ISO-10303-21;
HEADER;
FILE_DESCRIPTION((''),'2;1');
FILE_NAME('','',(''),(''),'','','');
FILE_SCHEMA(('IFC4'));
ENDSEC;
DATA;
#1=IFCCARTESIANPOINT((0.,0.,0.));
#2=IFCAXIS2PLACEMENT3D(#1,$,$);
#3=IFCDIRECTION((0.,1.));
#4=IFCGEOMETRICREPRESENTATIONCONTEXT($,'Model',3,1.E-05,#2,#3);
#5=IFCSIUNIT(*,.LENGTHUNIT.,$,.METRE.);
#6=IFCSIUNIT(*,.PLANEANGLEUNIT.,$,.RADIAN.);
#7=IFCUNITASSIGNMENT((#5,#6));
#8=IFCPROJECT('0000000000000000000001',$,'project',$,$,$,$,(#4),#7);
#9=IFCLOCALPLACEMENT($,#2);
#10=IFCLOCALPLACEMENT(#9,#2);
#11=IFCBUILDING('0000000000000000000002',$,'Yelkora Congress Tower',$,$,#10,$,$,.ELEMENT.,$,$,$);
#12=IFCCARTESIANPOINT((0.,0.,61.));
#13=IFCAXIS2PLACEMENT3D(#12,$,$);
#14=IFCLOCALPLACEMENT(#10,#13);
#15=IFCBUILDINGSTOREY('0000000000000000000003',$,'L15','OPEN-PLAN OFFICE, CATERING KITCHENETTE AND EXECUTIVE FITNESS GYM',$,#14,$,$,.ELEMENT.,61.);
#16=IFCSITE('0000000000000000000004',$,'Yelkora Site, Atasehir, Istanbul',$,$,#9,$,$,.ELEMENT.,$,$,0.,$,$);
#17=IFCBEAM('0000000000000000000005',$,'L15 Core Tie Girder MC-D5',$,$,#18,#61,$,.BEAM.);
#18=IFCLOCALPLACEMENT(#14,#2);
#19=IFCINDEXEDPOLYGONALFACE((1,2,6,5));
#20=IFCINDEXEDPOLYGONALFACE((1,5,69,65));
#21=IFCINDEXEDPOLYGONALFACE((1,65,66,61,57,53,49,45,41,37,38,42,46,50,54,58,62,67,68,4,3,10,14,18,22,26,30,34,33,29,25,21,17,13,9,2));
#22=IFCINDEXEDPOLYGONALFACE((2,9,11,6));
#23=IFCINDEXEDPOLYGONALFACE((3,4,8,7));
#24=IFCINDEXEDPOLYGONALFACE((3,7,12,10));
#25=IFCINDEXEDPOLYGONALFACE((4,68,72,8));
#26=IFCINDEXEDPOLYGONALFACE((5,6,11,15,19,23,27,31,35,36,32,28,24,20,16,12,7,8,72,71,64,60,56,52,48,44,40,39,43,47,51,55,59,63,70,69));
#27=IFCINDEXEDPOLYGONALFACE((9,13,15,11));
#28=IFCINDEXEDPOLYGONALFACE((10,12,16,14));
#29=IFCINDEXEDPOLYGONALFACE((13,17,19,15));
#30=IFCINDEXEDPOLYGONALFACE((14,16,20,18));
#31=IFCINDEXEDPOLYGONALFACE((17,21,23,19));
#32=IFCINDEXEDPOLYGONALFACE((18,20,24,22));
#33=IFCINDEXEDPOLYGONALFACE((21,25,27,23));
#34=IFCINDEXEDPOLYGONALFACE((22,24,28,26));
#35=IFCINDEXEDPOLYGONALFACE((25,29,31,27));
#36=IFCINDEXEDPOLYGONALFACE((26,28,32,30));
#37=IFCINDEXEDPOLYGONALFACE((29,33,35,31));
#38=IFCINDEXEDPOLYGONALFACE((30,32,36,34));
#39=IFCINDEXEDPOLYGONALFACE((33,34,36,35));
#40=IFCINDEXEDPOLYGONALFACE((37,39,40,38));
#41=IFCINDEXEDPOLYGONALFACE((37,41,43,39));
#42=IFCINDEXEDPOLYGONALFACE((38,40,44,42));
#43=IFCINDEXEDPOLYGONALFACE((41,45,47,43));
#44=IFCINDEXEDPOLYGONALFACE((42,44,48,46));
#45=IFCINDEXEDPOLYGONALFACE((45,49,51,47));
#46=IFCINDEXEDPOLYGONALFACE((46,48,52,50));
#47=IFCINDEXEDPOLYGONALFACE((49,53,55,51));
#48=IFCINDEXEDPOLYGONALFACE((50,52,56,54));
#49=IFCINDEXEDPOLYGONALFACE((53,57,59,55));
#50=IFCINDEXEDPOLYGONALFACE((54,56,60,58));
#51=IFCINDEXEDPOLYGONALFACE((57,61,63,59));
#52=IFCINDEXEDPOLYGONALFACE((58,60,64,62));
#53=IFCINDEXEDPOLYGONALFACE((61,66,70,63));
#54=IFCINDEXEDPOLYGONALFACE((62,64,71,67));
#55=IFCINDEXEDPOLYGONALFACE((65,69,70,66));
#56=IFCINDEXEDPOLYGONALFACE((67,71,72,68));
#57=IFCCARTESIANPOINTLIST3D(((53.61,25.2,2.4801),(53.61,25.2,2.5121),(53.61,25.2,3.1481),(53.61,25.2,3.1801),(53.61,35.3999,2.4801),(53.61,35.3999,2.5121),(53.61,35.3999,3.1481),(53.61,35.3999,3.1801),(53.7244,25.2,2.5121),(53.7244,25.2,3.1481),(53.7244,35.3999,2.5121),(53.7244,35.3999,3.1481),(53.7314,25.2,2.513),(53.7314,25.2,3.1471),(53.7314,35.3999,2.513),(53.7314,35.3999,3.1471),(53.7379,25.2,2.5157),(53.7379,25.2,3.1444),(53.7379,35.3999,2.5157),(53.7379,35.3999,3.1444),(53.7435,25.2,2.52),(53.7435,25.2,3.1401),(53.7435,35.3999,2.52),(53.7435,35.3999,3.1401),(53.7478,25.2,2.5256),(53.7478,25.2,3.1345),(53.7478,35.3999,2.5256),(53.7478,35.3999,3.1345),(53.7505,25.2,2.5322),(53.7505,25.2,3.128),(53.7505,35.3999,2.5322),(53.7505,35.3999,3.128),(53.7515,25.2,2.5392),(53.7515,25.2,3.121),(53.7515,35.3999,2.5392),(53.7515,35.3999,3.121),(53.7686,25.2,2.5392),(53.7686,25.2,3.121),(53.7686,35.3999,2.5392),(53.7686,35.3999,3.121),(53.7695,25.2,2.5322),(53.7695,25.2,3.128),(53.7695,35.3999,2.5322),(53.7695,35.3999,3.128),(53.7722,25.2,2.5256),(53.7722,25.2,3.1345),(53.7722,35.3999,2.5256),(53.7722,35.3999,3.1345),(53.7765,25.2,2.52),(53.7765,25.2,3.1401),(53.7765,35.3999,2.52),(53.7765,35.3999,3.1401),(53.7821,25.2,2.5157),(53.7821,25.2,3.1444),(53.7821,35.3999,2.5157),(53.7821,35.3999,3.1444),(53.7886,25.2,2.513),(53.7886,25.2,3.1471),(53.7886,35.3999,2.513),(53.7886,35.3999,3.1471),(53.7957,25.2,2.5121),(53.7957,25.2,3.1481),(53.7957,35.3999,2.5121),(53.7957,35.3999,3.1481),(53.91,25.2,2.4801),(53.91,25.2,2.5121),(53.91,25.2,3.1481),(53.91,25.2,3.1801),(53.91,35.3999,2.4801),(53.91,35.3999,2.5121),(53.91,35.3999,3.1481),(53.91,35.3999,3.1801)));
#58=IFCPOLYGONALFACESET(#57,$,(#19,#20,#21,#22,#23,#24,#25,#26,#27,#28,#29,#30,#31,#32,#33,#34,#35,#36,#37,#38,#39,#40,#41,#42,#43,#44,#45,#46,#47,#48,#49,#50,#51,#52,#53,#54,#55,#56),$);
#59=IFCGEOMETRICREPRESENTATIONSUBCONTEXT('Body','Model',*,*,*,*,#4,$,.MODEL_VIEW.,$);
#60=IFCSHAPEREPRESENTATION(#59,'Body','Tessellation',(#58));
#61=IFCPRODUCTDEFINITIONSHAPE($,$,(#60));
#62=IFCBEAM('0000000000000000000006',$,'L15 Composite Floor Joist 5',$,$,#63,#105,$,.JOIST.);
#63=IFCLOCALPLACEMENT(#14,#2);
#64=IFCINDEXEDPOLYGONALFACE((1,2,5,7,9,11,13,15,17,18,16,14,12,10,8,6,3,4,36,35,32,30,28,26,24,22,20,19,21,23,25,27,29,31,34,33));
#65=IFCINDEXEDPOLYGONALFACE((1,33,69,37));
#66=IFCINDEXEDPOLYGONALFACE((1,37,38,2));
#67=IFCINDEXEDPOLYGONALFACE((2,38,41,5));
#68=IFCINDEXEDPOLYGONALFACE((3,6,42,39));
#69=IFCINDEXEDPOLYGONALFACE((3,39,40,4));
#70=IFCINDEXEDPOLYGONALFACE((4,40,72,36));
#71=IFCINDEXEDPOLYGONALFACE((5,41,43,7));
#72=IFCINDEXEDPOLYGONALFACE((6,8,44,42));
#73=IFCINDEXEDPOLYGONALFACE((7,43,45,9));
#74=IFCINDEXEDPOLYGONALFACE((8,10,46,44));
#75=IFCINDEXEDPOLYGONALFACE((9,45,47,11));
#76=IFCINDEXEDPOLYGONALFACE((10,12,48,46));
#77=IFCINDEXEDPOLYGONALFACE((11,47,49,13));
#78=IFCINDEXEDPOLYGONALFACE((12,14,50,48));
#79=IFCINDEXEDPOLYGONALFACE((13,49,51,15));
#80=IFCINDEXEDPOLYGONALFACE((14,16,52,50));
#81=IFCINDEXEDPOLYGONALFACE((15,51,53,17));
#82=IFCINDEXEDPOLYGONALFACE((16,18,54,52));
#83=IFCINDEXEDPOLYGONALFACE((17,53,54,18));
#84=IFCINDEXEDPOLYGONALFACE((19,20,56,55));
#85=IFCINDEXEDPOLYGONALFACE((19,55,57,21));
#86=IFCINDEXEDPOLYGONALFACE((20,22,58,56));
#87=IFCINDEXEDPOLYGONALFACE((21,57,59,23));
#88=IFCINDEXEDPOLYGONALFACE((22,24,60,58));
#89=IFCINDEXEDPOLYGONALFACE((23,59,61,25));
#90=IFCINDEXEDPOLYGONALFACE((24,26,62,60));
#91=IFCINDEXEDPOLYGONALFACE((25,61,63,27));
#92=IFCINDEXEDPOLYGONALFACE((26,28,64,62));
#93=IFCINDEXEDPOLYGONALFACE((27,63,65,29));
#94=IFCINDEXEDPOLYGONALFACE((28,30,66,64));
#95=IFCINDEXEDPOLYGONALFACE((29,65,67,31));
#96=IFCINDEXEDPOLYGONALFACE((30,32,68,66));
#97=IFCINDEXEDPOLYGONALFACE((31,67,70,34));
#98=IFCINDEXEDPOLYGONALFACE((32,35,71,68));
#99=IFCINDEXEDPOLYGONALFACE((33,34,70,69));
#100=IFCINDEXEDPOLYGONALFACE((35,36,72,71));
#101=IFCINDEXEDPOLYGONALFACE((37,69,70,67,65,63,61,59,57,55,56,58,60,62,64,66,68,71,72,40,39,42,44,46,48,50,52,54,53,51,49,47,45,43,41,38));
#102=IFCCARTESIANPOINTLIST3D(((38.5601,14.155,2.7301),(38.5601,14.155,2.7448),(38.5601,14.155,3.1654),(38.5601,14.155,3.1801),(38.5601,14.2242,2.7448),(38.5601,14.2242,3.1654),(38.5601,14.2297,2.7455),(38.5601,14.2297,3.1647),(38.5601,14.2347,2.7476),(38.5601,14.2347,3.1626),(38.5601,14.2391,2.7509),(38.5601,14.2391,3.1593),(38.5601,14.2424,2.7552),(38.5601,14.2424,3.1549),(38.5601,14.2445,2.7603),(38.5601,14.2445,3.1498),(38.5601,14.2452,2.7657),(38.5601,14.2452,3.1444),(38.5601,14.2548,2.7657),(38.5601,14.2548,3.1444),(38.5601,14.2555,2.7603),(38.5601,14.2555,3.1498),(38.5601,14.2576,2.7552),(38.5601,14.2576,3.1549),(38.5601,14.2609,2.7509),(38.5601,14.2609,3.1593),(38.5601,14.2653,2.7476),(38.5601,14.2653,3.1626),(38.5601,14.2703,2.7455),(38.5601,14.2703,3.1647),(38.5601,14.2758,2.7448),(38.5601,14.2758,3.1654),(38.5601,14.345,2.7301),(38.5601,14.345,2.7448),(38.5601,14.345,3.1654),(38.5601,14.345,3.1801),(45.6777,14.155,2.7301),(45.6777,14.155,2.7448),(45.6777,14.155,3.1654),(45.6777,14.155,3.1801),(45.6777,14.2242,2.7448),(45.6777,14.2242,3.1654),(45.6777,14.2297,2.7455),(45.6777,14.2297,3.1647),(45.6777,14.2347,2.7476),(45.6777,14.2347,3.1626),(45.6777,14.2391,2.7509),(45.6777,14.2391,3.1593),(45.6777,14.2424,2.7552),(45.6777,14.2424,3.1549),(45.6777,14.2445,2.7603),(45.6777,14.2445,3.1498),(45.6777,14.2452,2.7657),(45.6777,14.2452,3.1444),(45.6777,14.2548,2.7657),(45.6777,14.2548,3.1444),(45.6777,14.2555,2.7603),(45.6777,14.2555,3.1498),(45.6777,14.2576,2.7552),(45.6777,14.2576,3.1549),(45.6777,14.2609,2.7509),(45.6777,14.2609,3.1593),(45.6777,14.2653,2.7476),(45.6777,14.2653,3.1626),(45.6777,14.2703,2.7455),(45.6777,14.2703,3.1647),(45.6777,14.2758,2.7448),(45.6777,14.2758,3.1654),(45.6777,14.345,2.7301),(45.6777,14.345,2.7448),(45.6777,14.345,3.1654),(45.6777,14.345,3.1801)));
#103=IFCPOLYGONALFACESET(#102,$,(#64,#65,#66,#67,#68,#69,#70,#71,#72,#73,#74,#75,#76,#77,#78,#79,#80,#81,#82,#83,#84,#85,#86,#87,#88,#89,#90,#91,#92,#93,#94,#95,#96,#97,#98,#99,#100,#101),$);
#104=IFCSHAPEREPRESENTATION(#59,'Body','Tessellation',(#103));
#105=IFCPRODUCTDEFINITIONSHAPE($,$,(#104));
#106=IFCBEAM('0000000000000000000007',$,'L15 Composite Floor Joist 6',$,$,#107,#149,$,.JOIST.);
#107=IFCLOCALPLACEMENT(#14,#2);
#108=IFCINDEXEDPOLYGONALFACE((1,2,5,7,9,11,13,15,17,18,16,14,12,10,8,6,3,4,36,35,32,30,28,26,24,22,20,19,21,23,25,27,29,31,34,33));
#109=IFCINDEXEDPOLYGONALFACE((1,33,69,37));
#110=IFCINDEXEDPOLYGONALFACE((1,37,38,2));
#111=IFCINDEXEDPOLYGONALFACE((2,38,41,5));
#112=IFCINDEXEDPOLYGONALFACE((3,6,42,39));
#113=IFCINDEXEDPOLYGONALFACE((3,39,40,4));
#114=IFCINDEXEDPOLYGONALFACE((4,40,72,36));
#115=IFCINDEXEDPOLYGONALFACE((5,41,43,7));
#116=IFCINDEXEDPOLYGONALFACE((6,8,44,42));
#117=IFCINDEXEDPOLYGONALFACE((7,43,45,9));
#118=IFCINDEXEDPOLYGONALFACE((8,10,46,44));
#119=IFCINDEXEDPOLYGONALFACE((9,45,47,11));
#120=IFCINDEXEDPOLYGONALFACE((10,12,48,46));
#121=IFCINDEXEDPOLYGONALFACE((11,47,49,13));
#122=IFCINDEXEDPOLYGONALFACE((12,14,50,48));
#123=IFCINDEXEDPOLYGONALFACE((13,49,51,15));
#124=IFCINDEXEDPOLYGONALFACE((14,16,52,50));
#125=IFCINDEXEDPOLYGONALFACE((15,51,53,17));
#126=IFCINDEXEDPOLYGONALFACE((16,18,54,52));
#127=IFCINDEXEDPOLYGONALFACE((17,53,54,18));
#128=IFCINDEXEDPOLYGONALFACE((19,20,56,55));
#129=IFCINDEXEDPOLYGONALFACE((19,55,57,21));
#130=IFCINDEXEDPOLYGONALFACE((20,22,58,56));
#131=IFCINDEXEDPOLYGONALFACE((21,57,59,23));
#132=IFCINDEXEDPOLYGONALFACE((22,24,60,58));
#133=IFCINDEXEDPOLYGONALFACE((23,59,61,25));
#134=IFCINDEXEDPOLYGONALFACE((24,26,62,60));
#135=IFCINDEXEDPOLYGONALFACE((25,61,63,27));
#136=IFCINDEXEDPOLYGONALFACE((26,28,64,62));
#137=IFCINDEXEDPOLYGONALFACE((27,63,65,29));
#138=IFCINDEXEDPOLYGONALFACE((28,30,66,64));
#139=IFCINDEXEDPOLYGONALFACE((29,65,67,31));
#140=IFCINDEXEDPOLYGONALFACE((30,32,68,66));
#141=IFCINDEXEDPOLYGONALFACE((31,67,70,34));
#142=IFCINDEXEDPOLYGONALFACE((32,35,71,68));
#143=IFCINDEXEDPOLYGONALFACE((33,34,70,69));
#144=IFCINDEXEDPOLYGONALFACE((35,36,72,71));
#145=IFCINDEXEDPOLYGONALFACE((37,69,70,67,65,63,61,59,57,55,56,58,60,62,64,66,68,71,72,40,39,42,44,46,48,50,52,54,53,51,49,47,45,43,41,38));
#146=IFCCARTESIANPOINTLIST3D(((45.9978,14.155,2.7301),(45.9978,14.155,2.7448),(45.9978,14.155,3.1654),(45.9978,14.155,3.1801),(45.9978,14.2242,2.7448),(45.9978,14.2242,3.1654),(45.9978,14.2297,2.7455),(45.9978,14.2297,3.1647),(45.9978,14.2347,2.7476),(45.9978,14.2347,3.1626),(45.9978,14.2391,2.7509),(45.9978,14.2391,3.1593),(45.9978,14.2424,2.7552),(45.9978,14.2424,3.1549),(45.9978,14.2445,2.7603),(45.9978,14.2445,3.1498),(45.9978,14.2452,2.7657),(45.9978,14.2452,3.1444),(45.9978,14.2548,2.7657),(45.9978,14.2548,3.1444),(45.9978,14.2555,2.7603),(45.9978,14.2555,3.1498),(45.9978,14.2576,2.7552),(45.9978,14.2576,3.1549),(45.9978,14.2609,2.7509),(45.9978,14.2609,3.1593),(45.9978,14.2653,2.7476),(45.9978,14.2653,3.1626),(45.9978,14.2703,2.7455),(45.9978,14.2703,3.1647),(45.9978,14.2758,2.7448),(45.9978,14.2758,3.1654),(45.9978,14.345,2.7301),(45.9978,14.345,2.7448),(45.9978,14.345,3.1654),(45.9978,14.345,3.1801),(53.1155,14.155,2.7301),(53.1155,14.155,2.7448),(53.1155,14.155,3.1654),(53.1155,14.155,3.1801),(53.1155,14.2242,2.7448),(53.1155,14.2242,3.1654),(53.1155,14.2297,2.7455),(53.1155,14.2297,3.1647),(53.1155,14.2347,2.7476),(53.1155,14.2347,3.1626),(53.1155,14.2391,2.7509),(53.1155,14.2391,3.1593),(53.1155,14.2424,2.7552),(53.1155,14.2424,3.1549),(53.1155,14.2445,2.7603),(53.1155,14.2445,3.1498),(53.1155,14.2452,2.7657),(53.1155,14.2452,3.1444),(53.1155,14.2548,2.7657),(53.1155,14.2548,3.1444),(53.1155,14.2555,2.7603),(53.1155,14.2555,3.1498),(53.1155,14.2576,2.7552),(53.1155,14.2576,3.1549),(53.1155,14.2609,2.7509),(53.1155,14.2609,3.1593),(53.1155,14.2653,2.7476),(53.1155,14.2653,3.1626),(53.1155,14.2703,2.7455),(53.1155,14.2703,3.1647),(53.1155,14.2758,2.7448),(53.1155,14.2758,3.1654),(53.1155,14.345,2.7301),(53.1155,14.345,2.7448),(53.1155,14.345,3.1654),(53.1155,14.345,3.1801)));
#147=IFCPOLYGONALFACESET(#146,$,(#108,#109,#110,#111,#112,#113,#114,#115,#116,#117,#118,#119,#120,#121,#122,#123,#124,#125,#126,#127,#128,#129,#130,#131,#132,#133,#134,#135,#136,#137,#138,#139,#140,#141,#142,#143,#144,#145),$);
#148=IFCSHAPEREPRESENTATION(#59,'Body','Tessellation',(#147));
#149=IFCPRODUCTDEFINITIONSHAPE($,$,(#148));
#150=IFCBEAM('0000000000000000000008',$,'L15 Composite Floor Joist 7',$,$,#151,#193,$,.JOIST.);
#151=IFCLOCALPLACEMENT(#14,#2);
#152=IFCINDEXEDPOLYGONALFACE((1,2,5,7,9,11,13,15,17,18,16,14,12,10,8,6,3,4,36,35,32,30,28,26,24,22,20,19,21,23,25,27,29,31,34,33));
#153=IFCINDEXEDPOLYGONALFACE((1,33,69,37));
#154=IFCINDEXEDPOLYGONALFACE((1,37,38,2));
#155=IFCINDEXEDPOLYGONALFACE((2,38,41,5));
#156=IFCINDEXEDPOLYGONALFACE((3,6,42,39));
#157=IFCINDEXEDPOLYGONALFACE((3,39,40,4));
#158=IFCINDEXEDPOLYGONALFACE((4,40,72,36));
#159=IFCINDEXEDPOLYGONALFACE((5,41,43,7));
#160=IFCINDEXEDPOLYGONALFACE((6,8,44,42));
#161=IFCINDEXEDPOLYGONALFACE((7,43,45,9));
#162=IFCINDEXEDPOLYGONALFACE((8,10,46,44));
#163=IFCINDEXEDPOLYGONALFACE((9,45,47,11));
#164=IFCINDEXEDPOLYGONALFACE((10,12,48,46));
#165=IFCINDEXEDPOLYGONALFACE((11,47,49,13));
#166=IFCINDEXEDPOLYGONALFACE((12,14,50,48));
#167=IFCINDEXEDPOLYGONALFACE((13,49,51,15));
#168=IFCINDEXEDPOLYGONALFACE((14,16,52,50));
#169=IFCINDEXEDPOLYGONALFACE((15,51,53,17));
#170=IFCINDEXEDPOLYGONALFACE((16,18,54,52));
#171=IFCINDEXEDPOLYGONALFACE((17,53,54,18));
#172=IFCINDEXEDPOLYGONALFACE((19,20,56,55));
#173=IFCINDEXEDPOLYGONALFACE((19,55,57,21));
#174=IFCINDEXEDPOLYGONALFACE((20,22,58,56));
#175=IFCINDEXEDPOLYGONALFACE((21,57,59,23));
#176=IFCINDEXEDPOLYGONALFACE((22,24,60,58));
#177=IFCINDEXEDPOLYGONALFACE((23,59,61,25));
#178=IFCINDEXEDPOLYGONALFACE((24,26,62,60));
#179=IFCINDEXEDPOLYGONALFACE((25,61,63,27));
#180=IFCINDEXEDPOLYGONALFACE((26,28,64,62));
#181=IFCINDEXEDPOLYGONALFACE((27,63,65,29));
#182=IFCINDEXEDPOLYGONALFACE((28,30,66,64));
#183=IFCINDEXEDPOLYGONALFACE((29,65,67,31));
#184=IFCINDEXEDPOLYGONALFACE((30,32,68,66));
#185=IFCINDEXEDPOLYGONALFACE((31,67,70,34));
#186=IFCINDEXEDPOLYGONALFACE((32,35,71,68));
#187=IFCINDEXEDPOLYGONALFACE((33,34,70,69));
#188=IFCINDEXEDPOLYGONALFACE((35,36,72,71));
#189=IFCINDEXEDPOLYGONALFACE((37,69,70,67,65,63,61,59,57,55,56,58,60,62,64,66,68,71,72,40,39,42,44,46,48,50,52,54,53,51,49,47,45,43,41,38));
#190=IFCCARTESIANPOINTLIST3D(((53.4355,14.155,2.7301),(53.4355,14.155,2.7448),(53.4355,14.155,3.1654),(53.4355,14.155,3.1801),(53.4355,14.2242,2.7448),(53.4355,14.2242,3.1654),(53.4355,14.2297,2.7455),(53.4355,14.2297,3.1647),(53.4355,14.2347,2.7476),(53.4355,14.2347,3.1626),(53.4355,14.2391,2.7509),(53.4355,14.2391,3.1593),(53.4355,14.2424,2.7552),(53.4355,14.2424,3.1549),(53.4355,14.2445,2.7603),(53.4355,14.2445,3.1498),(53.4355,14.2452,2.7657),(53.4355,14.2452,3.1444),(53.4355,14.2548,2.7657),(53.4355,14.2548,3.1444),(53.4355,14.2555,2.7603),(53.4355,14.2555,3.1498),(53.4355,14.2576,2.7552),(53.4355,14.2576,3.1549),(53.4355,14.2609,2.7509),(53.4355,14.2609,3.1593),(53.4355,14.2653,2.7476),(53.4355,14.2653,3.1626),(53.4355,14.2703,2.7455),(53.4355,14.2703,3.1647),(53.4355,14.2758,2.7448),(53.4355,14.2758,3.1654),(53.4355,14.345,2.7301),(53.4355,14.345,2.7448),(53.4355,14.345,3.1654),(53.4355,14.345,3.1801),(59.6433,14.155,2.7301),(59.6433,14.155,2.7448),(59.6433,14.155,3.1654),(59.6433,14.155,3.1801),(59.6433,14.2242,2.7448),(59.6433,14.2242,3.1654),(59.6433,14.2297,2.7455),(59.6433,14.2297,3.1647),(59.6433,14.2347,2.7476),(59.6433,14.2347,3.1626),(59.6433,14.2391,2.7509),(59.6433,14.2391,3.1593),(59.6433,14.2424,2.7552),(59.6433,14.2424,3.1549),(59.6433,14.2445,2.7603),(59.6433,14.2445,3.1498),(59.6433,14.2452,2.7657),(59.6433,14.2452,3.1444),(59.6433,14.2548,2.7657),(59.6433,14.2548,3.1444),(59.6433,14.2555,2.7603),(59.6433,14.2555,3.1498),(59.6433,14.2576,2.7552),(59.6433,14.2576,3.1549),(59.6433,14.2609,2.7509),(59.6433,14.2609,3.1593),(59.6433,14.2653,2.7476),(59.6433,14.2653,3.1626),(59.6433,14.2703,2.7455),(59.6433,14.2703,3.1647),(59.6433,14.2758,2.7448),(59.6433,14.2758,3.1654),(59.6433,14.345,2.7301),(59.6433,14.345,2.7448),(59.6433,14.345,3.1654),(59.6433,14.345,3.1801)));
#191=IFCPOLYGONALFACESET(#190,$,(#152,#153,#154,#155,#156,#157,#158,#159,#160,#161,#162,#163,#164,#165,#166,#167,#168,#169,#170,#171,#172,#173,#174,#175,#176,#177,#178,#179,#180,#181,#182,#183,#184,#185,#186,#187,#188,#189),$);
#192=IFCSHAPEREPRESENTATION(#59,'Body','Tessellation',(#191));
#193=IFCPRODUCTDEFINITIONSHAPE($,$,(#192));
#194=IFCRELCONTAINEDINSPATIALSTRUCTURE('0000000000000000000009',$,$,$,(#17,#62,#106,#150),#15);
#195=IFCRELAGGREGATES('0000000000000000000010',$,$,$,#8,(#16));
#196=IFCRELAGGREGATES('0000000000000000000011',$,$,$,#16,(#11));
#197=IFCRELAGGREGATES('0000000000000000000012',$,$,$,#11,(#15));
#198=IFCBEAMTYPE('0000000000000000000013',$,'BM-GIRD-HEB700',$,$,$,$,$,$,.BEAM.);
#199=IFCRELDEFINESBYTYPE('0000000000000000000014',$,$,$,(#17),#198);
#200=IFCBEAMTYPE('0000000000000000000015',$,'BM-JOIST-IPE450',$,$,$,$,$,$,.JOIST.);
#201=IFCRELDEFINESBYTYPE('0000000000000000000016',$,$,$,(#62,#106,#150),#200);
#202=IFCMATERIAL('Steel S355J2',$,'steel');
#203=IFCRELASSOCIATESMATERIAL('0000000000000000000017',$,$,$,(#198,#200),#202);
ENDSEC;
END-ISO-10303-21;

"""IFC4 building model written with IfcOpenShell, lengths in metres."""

from ifc_helpers import new_model, si_unit, direction, frame, origin, origin_2d, place, context, subcontext, project, spatial, i_section, extrude, material, material_profile, profile_set, type_object, element, save


model = new_model("IFC4")

# Units and contexts
model_context = context("Model", 3, precision=1e-05, world=origin(), true_north=direction((0.0, 1.0)))
body_context = subcontext(model_context, "Body", "Model", "MODEL_VIEW")
ifc_project = project(units=[si_unit("LENGTHUNIT", "METRE"), si_unit("PLANEANGLEUNIT", "RADIAN")], contexts=[model_context])

# Site, building, storey
site_placement = place(None, origin())
site = spatial("IfcSite", under=ifc_project, at=site_placement, Name="Yelkora Site, Atasehir, Istanbul", CompositionType="ELEMENT", RefElevation=0.0)
building_placement = place(site_placement, origin())
building = spatial("IfcBuilding", under=site, at=building_placement, Name="Yelkora Congress Tower", CompositionType="ELEMENT")
storey_placement = place(building_placement, frame((0.0, 0.0, 61.0)))
storey = spatial("IfcBuildingStorey", under=building, at=storey_placement, Name="L15", Description="OPEN-PLAN OFFICE, CATERING KITCHENETTE AND EXECUTIVE FITNESS GYM", CompositionType="ELEMENT", Elevation=61.0)

# Beams
ifc_material_1 = material(Name="Steel S355J2", Category="steel")
ifc_material_profile_1 = material_profile(ifc_material_1, i_section(OverallWidth=0.3, OverallDepth=0.7, WebThickness=0.0171, FlangeThickness=0.032, FilletRadius=0.0271, at=origin_2d()), Name="HEB 700")
ifc_profile_set_1 = profile_set([ifc_material_profile_1], Name="Steel S355J2")
beam_type_1 = type_object("IfcBeamType", Name="BM-GIRD-HEB700", PredefinedType="BEAM", material=ifc_profile_set_1)
for number, where, z_axis, x_axis, name in (
    (1, (53.76, 25.2, 2.8301), (0.0, 1.0, 0.0), (-1.0, 0.0, 0.0), "L15 Core Tie Girder MC-D5"),
):
    element("IfcBeam", number, at=place(storey_placement, frame(where, z_axis=z_axis, x_axis=x_axis)), inside=storey, type_object=beam_type_1, Name=name, PredefinedType="BEAM", context=body_context, shape_type="SweptSolid", body=[
        extrude(i_section(OverallWidth=0.3, OverallDepth=0.7, WebThickness=0.0171, FlangeThickness=0.032, FilletRadius=0.0271, at=origin_2d()), origin(), (0.0, 0.0, 1.0), 10.2),
    ])
ifc_material_profile_2 = material_profile(ifc_material_1, i_section(OverallWidth=0.1899, OverallDepth=0.45, WebThickness=0.0095, FlangeThickness=0.0146, FilletRadius=0.021, at=origin_2d()), Name="IPE 450")
ifc_profile_set_2 = profile_set([ifc_material_profile_2], Name="Steel S355J2")
beam_type_2 = type_object("IfcBeamType", Name="BM-JOIST-IPE450", PredefinedType="JOIST", material=ifc_profile_set_2)
for number, where, z_axis, x_axis, name in (
    (2, (38.5601, 14.25, 2.9551), (1.0, 0.0, 0.0), (0.0, 1.0, 0.0), "L15 Composite Floor Joist 5"),
    (3, (45.9978, 14.25, 2.9551), (1.0, 0.0, 0.0), (0.0, 1.0, 0.0), "L15 Composite Floor Joist 6"),
):
    element("IfcBeam", number, at=place(storey_placement, frame(where, z_axis=z_axis, x_axis=x_axis)), inside=storey, type_object=beam_type_2, Name=name, PredefinedType="JOIST", context=body_context, shape_type="SweptSolid", body=[
        extrude(i_section(OverallWidth=0.1899, OverallDepth=0.45, WebThickness=0.0095, FlangeThickness=0.0146, FilletRadius=0.021, at=origin_2d()), origin(), (0.0, 0.0, 1.0), 7.1177),
    ])
beam_1_placement = place(storey_placement, frame((53.4355, 14.25, 2.9551), z_axis=(1.0, 0.0, 0.0), x_axis=(0.0, 1.0, 0.0)))
element("IfcBeam", 4, at=beam_1_placement, inside=storey, type_object=beam_type_2, Name="L15 Composite Floor Joist 7", PredefinedType="JOIST", context=body_context, shape_type="SweptSolid", body=[
    extrude(i_section(OverallWidth=0.1899, OverallDepth=0.45, WebThickness=0.0095, FlangeThickness=0.0146, FilletRadius=0.021, at=origin_2d()), origin(), (0.0, 0.0, 1.0), 6.2078),
])

save(model, "model.ifc")
